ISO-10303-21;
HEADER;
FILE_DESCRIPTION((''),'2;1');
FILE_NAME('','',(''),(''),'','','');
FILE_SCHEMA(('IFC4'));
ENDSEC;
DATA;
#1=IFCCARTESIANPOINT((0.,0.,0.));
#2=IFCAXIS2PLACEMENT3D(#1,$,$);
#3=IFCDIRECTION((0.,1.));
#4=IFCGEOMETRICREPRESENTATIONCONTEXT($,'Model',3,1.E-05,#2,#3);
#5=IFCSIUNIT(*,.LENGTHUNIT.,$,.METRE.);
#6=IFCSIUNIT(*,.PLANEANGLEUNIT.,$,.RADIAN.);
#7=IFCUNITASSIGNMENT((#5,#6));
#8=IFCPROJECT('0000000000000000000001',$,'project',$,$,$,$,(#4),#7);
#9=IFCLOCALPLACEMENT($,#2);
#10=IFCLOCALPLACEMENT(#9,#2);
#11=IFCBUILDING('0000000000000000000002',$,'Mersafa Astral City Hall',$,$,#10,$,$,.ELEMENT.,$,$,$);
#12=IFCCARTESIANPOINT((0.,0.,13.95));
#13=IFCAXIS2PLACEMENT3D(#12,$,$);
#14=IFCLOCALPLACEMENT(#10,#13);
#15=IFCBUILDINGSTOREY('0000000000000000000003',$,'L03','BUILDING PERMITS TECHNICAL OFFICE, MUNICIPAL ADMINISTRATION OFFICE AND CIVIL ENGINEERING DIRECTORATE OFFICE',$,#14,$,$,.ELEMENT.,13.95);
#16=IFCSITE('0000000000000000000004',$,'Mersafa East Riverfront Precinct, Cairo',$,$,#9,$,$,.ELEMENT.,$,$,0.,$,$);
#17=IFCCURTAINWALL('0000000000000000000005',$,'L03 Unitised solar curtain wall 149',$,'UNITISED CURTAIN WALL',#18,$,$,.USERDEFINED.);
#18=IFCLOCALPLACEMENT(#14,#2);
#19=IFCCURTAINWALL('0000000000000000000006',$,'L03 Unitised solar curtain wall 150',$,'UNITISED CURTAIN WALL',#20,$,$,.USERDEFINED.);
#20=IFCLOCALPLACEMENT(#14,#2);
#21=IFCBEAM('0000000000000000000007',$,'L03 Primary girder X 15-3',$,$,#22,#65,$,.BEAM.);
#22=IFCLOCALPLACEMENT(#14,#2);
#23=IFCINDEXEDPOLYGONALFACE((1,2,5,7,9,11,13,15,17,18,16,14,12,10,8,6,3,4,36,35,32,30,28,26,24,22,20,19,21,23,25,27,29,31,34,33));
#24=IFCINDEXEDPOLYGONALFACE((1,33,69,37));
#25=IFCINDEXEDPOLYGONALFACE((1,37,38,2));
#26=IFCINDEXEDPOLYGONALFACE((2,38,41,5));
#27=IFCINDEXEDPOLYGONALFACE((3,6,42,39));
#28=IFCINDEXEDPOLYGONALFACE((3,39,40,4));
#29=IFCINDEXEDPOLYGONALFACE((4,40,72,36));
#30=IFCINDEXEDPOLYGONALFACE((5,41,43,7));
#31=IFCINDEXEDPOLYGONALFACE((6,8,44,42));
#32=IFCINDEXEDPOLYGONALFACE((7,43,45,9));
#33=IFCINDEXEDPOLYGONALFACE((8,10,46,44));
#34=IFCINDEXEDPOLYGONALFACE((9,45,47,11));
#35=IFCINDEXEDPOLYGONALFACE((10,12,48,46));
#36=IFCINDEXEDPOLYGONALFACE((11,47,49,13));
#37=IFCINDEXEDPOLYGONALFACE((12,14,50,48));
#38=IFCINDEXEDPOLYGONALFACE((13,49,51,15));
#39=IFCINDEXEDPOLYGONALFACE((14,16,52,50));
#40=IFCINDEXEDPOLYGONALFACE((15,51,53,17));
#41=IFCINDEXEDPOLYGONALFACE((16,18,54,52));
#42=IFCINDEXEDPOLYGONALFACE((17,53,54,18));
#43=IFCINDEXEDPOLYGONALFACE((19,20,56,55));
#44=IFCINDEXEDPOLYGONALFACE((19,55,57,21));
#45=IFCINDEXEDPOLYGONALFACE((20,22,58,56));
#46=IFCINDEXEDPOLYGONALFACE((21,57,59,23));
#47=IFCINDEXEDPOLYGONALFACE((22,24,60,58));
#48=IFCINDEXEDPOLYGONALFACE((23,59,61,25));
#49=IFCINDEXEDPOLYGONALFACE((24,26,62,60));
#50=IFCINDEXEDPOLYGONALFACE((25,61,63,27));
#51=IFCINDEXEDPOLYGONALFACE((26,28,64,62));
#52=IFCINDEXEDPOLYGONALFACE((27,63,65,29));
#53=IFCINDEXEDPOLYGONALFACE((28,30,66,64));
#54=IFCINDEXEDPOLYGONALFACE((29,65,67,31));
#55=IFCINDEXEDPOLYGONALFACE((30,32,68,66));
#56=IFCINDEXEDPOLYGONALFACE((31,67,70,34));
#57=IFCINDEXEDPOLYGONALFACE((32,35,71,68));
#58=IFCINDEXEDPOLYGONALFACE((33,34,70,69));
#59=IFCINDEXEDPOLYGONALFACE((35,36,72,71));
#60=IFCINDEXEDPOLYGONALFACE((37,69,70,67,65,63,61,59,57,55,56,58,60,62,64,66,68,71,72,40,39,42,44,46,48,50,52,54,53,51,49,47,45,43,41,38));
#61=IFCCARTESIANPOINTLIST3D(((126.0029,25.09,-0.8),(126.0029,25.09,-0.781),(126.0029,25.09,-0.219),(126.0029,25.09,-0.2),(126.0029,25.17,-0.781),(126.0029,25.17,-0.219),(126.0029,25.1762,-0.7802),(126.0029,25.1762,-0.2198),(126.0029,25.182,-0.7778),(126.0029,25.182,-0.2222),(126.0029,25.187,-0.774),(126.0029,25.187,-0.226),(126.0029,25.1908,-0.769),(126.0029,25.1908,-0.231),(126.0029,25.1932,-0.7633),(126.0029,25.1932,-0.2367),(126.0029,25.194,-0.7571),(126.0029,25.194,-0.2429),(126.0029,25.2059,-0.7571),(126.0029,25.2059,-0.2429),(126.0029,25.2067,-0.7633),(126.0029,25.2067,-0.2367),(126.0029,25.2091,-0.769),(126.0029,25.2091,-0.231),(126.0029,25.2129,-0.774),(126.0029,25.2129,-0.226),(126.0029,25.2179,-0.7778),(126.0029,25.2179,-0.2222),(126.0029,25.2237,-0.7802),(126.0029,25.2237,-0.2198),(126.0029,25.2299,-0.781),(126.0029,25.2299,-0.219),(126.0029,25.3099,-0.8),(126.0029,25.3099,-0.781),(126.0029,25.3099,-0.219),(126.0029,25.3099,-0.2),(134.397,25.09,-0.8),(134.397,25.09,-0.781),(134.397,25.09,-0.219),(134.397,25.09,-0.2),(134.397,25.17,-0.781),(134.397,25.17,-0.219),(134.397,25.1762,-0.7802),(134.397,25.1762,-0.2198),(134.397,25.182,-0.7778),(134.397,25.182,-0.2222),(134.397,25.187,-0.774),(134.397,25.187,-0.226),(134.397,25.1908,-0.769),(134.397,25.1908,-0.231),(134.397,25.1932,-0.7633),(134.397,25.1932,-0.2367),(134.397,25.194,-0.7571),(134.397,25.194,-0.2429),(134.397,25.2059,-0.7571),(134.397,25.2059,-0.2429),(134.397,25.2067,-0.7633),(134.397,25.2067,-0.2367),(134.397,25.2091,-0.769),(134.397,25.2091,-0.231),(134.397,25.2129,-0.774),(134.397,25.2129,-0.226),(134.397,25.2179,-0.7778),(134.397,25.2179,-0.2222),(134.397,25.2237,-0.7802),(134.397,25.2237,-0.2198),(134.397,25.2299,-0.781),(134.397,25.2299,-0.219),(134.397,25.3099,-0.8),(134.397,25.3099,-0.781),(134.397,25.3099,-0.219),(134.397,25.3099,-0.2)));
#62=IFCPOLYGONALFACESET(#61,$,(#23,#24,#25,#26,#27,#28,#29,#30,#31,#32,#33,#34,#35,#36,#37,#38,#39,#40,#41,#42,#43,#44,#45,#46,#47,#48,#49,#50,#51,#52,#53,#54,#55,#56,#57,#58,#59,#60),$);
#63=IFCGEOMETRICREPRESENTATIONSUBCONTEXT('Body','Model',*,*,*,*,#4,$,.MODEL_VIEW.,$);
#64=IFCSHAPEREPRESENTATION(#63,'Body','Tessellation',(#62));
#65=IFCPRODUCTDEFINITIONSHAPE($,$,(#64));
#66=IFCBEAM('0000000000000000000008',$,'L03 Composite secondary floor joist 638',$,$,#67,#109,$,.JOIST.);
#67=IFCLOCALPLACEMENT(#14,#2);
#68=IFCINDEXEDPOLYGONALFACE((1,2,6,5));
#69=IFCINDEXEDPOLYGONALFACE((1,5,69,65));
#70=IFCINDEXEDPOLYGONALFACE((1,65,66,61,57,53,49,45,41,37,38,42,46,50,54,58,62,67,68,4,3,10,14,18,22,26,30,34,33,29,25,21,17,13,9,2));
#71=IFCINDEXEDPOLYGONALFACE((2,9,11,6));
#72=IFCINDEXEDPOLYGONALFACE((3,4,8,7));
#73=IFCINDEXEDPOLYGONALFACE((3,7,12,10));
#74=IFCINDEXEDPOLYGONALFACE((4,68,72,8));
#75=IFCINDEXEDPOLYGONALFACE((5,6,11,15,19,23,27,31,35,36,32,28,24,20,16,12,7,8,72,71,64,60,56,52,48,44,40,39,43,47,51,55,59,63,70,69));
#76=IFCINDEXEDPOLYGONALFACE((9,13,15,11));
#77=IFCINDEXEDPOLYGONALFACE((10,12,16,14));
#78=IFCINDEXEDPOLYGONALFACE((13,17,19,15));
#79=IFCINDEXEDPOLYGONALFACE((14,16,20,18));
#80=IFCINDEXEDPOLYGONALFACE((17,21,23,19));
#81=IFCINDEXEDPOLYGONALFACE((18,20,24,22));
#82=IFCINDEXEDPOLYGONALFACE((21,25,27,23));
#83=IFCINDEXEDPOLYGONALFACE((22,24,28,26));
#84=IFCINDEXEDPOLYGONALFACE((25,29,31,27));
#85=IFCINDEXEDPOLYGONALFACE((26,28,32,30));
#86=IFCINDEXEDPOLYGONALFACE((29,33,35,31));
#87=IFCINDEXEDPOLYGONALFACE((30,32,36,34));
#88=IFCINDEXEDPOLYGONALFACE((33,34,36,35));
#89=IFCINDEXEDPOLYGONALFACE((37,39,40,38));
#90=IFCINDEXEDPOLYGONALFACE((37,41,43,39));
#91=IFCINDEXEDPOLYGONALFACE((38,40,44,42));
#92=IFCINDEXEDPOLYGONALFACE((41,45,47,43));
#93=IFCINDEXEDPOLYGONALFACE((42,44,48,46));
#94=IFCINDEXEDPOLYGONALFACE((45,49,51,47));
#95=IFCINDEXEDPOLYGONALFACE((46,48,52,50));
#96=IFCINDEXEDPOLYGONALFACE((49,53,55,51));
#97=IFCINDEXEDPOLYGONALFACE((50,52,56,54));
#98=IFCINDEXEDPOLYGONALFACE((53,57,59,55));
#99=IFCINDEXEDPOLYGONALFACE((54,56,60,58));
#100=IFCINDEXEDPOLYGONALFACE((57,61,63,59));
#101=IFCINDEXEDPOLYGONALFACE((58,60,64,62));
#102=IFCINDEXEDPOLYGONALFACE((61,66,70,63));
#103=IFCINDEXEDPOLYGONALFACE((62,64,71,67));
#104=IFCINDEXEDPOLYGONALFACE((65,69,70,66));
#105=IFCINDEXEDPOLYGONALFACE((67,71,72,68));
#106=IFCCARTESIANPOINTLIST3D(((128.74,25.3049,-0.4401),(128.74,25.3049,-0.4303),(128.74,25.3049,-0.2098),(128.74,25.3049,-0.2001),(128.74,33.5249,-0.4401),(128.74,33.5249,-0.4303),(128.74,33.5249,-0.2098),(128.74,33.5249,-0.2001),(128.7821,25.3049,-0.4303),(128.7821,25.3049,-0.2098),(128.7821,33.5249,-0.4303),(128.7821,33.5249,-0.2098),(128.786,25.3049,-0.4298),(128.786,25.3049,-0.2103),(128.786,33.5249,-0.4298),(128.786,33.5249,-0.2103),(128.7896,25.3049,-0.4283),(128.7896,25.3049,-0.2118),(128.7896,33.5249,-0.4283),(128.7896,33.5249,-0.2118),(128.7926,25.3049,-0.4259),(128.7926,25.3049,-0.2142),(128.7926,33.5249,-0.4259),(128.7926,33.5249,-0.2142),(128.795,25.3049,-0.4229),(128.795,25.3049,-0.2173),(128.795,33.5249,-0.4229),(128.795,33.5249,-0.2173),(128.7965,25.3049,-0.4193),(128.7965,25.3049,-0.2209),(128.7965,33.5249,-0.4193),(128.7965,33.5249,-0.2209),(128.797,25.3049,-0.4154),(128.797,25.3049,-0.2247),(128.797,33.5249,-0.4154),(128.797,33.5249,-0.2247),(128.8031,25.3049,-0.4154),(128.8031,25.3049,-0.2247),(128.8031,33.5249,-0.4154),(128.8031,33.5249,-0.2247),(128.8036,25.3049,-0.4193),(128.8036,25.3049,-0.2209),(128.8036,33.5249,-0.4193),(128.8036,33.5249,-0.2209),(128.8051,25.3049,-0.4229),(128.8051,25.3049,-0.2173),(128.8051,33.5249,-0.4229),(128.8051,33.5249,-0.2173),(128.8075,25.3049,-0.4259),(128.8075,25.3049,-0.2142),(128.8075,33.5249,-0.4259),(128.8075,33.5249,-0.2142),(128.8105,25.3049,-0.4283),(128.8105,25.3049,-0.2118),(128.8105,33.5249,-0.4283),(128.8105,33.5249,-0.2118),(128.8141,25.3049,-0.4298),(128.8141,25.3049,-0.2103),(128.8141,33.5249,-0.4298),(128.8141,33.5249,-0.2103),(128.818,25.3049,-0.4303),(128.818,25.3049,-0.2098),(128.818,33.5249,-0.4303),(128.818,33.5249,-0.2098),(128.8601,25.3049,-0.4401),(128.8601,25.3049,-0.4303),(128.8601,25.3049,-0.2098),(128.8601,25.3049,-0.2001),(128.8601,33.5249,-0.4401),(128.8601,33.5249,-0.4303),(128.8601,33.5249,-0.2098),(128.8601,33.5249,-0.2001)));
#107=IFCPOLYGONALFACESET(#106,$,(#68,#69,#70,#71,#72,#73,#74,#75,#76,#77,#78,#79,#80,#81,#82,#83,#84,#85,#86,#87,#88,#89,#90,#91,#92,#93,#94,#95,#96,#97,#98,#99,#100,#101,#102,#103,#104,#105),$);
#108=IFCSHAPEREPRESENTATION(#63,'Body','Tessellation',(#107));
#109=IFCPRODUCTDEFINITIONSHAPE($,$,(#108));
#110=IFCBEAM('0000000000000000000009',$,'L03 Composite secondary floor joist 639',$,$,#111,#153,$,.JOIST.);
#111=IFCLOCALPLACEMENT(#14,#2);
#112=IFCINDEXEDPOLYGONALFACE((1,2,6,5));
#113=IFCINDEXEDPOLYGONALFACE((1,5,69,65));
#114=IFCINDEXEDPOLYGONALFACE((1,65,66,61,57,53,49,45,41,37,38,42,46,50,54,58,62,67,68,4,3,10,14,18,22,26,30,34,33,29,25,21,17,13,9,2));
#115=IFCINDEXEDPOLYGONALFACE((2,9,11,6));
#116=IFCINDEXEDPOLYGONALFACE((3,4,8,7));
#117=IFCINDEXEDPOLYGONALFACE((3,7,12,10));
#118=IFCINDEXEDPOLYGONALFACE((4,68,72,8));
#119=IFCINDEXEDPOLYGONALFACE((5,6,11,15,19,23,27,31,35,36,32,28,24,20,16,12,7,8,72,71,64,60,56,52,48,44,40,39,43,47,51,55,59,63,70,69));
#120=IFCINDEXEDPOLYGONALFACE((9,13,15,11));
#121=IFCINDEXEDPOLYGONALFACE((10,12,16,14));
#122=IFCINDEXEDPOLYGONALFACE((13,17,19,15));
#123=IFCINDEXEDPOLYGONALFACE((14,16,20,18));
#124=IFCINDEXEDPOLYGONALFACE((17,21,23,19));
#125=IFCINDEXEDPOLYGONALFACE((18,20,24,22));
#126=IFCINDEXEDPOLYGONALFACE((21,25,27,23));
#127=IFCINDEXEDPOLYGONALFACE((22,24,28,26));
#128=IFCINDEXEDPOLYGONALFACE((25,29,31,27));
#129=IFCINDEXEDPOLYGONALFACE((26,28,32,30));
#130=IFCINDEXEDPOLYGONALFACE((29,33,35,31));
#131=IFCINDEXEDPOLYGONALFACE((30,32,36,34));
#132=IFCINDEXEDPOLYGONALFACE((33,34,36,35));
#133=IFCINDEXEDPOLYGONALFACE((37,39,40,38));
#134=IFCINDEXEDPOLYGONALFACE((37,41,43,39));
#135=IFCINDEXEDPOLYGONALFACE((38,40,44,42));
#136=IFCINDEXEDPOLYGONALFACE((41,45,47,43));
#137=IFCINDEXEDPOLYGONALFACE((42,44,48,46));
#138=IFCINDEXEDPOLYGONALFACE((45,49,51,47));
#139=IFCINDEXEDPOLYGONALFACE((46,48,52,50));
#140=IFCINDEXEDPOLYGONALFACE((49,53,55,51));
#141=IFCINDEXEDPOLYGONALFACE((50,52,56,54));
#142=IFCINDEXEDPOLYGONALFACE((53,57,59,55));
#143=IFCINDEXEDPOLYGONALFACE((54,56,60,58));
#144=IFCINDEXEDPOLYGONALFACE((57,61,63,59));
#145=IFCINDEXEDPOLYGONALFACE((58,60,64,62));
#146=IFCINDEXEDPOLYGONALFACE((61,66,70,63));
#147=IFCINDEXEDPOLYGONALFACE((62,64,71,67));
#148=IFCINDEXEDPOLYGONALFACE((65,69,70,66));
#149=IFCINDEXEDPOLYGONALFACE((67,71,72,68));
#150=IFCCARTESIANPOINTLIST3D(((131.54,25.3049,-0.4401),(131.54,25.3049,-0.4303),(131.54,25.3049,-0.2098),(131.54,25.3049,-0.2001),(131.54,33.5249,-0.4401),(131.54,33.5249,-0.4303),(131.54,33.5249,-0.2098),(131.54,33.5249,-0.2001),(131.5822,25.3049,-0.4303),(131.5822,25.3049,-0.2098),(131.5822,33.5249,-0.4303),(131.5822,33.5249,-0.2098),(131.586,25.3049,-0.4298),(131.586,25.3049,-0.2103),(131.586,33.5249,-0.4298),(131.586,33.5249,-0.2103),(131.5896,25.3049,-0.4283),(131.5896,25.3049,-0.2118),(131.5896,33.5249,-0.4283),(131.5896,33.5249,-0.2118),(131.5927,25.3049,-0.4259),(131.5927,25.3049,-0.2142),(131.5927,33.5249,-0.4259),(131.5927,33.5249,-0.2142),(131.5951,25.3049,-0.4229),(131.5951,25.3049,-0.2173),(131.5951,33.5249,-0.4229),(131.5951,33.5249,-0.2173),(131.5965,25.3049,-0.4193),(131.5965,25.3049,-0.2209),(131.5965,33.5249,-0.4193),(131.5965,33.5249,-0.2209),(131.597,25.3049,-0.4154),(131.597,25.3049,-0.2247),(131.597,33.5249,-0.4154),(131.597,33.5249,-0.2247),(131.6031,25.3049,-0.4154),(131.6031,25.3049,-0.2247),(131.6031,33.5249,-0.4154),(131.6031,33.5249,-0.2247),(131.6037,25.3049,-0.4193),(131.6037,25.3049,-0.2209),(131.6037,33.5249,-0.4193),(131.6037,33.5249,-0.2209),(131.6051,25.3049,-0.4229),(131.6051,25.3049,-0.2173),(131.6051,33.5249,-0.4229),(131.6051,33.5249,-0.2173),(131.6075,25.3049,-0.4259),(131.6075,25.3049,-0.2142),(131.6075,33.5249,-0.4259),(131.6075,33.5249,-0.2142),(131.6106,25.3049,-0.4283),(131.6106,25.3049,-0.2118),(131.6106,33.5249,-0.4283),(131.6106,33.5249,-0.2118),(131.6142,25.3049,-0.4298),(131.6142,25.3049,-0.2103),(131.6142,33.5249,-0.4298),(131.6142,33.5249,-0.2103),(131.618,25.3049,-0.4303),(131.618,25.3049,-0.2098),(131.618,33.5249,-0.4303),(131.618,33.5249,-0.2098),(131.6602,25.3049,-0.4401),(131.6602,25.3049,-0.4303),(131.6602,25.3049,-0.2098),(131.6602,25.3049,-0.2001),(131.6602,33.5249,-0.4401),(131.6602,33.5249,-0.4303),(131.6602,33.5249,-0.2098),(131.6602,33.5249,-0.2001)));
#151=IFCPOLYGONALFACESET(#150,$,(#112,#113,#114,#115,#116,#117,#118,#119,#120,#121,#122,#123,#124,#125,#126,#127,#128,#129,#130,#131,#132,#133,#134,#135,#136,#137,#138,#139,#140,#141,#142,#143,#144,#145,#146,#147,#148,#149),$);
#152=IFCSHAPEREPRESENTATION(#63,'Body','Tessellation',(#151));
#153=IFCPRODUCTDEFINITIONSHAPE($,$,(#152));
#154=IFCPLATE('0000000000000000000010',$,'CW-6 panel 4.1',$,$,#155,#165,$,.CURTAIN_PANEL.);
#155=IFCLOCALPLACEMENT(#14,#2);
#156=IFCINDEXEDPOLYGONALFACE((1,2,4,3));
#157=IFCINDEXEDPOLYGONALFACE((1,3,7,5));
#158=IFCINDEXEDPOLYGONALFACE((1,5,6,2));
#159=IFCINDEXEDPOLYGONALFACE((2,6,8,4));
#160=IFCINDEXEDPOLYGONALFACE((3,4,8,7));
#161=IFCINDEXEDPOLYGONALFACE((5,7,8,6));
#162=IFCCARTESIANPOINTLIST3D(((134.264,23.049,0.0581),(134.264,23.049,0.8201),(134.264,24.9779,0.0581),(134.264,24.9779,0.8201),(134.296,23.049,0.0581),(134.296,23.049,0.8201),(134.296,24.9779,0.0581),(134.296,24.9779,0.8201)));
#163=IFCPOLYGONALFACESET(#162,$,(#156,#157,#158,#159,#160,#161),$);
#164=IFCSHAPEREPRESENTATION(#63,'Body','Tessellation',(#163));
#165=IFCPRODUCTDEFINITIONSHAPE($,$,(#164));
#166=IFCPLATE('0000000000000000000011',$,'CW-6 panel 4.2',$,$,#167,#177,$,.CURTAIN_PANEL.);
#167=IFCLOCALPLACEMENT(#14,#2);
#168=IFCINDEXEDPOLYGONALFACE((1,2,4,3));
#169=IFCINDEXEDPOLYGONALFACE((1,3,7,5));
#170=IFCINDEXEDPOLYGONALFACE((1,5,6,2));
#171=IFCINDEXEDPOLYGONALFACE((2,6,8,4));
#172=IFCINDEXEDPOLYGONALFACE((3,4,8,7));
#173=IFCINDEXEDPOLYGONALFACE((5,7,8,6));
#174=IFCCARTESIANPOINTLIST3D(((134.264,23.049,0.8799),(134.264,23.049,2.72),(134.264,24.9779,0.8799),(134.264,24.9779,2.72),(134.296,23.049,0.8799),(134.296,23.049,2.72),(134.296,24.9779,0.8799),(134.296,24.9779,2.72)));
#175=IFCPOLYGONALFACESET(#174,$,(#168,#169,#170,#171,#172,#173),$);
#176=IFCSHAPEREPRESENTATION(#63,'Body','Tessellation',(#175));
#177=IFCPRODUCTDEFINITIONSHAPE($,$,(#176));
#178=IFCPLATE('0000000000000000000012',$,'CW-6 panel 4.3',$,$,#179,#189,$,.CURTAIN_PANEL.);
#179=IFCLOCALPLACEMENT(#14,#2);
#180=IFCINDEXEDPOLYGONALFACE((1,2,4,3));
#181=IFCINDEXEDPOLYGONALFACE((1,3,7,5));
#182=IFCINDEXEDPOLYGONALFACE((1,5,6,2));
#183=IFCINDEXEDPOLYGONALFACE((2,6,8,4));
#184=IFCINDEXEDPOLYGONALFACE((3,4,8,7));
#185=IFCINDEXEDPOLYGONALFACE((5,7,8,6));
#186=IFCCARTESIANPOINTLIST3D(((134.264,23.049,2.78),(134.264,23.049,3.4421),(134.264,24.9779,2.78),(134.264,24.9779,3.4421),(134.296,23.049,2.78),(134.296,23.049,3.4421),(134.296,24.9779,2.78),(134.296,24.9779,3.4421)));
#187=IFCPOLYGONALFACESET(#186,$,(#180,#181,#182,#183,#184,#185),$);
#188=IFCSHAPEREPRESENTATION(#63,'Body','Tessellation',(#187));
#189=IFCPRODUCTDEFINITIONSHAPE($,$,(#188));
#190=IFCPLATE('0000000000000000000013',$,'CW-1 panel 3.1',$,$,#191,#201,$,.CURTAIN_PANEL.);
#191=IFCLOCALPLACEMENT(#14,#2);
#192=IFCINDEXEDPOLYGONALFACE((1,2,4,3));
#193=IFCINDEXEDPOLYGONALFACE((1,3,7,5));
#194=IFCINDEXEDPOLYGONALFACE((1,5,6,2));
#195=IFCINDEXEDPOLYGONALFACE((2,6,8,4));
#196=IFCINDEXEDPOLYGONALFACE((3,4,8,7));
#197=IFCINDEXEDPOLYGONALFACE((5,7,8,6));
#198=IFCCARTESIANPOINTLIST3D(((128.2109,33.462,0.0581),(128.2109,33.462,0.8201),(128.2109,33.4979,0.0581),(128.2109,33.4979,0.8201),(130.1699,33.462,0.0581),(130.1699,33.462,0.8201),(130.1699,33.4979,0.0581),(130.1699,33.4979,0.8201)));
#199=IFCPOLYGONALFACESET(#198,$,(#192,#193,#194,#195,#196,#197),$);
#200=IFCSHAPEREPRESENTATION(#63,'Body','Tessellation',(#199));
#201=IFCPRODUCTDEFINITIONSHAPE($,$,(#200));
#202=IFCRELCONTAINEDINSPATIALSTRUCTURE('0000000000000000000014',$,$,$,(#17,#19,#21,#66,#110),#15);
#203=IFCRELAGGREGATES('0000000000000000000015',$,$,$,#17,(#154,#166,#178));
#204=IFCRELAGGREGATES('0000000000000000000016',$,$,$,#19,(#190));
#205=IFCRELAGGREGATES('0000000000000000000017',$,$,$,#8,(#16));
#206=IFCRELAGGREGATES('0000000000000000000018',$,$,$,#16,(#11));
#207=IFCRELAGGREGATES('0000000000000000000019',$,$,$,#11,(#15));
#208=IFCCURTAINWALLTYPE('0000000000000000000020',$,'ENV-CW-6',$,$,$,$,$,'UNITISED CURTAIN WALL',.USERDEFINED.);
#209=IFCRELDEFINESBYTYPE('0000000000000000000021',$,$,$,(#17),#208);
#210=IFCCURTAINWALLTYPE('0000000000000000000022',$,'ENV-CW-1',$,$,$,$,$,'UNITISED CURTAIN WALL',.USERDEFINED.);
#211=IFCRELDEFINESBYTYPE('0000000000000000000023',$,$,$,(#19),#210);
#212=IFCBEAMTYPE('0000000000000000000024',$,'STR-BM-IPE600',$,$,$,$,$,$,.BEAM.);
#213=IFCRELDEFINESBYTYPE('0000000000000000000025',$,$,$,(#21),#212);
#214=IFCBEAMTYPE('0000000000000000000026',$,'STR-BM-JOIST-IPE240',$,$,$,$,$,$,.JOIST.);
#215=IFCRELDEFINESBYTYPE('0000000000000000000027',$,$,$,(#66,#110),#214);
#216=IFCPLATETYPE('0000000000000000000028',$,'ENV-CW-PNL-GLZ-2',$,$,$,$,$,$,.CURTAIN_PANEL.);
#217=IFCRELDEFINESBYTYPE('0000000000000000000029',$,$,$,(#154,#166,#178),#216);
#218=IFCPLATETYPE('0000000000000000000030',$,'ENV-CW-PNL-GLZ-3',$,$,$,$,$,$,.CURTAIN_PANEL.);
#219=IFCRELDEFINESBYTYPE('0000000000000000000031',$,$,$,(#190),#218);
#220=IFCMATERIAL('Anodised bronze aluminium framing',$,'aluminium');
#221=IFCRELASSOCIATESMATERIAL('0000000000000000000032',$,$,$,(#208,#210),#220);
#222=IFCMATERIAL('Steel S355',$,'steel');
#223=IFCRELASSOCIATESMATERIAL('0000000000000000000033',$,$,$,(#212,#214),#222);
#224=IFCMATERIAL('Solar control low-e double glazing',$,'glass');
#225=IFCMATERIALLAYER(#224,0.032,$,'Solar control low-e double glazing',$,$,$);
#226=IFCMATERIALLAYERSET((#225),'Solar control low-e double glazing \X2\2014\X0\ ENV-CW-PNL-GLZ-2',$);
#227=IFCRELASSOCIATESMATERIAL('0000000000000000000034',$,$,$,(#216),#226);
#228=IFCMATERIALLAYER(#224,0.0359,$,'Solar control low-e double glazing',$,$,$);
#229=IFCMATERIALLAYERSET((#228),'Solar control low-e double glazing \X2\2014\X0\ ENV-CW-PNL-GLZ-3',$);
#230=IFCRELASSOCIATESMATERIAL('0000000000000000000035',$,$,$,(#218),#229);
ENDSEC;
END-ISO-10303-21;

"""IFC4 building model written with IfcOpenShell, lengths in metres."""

from ifc_helpers import new_model, si_unit, direction, frame, origin, origin_2d, place, context, subcontext, project, spatial, rectangle, i_section, extrude, material, layer, layer_set, material_profile, profile_set, type_object, element, aggregate, save


model = new_model("IFC4")

# Units and contexts
model_context = context("Model", 3, precision=1e-05, world=origin(), true_north=direction((0.0, 1.0)))
body_context = subcontext(model_context, "Body", "Model", "MODEL_VIEW")
ifc_project = project(units=[si_unit("LENGTHUNIT", "METRE"), si_unit("PLANEANGLEUNIT", "RADIAN")], contexts=[model_context])

# Site, building, storey
site_placement = place(None, origin())
site = spatial("IfcSite", under=ifc_project, at=site_placement, Name="Mersafa East Riverfront Precinct, Cairo", CompositionType="ELEMENT", RefElevation=0.0)
building_placement = place(site_placement, origin())
building = spatial("IfcBuilding", under=site, at=building_placement, Name="Mersafa Astral City Hall", CompositionType="ELEMENT")
storey_placement = place(building_placement, frame((0.0, 0.0, 13.95)))
storey = spatial("IfcBuildingStorey", under=building, at=storey_placement, Name="L03", Description="BUILDING PERMITS TECHNICAL OFFICE, MUNICIPAL ADMINISTRATION OFFICE AND CIVIL ENGINEERING DIRECTORATE OFFICE", CompositionType="ELEMENT", Elevation=13.95)

# Curtain wall
ifc_material_1 = material(Name="Anodised bronze aluminium framing", Category="aluminium")
curtain_wall_type_1 = type_object("IfcCurtainWallType", Name="ENV-CW-6", ElementType="UNITISED CURTAIN WALL", PredefinedType="USERDEFINED", material=ifc_material_1)
curtain_wall_1_placement = place(storey_placement, origin())
curtain_wall_1 = element("IfcCurtainWall", 1, at=curtain_wall_1_placement, inside=storey, type_object=curtain_wall_type_1, Name="L03 Unitised solar curtain wall 149", ObjectType="UNITISED CURTAIN WALL", PredefinedType="USERDEFINED")

# Curtain wall
curtain_wall_type_2 = type_object("IfcCurtainWallType", Name="ENV-CW-1", ElementType="UNITISED CURTAIN WALL", PredefinedType="USERDEFINED", material=ifc_material_1)
curtain_wall_2_placement = place(storey_placement, origin())
curtain_wall_2 = element("IfcCurtainWall", 2, at=curtain_wall_2_placement, inside=storey, type_object=curtain_wall_type_2, Name="L03 Unitised solar curtain wall 150", ObjectType="UNITISED CURTAIN WALL", PredefinedType="USERDEFINED")

# Beams
ifc_material_2 = material(Name="Steel S355", Category="steel")
ifc_material_profile_1 = material_profile(ifc_material_2, i_section(OverallWidth=0.22, OverallDepth=0.6001, WebThickness=0.012, FlangeThickness=0.019, FilletRadius=0.0239, at=origin_2d()), Name="IPE 600")
ifc_profile_set_1 = profile_set([ifc_material_profile_1], Name="Steel S355")
beam_type_1 = type_object("IfcBeamType", Name="STR-BM-IPE600", PredefinedType="BEAM", material=ifc_profile_set_1)
beam_placement = place(storey_placement, frame((126.0029, 25.2, -0.5), z_axis=(1.0, 0.0, 0.0), x_axis=(0.0, 1.0, 0.0)))
element("IfcBeam", 3, at=beam_placement, inside=storey, type_object=beam_type_1, Name="L03 Primary girder X 15-3", PredefinedType="BEAM", context=body_context, shape_type="SweptSolid", body=[
    extrude(i_section(OverallWidth=0.22, OverallDepth=0.6001, WebThickness=0.012, FlangeThickness=0.019, FilletRadius=0.0239, at=origin_2d()), origin(), (0.0, 0.0, 1.0), 8.394),
])
ifc_material_profile_2 = material_profile(ifc_material_2, i_section(OverallWidth=0.1201, OverallDepth=0.24, WebThickness=0.0061, FlangeThickness=0.0098, FilletRadius=0.0149, at=origin_2d()), Name="IPE 240")
ifc_profile_set_2 = profile_set([ifc_material_profile_2], Name="Steel S355")
beam_type_2 = type_object("IfcBeamType", Name="STR-BM-JOIST-IPE240", PredefinedType="JOIST", material=ifc_profile_set_2)
for number, where, z_axis, x_axis, name in (
    (4, (128.8, 25.3049, -0.3201), (0.0, 1.0, 0.0), (-1.0, 0.0, 0.0), "L03 Composite secondary floor joist 638"),
    (5, (131.6001, 25.3049, -0.3201), (0.0, 1.0, 0.0), (-1.0, 0.0, 0.0), "L03 Composite secondary floor joist 639"),
):
    element("IfcBeam", number, at=place(storey_placement, frame(where, z_axis=z_axis, x_axis=x_axis)), inside=storey, type_object=beam_type_2, Name=name, PredefinedType="JOIST", context=body_context, shape_type="SweptSolid", body=[
        extrude(i_section(OverallWidth=0.1201, OverallDepth=0.24, WebThickness=0.0061, FlangeThickness=0.0098, FilletRadius=0.0149, at=origin_2d()), origin(), (0.0, 0.0, 1.0), 8.22),
    ])

# Plates
ifc_material_3 = material(Name="Solar control low-e double glazing", Category="glass")
ifc_layer_1 = layer(ifc_material_3, 0.032, Name="Solar control low-e double glazing")
ifc_layer_set_1 = layer_set([ifc_layer_1], Name="Solar control low-e double glazing — ENV-CW-PNL-GLZ-2")
plate_type_1 = type_object("IfcPlateType", Name="ENV-CW-PNL-GLZ-2", PredefinedType="CURTAIN_PANEL", material=ifc_layer_set_1)
plate_1_placement = place(storey_placement, frame((134.28, 24.0134, 0.0581), z_axis=(0.0, 0.0, 1.0), x_axis=(0.0, 1.0, 0.0)))
plate_1 = element("IfcPlate", 6, at=plate_1_placement, type_object=plate_type_1, Name="CW-6 panel 4.1", PredefinedType="CURTAIN_PANEL", context=body_context, shape_type="SweptSolid", body=[
    extrude(rectangle(XDim=1.929, YDim=0.032, at=origin_2d()), origin(), (0.0, 0.0, 1.0), 0.762),
])
plate_2_placement = place(storey_placement, frame((134.28, 24.0134, 0.8799), z_axis=(0.0, 0.0, 1.0), x_axis=(0.0, 1.0, 0.0)))
plate_2 = element("IfcPlate", 7, at=plate_2_placement, type_object=plate_type_1, Name="CW-6 panel 4.2", PredefinedType="CURTAIN_PANEL", context=body_context, shape_type="SweptSolid", body=[
    extrude(rectangle(XDim=1.929, YDim=0.032, at=origin_2d()), origin(), (0.0, 0.0, 1.0), 1.8401),
])
plate_3_placement = place(storey_placement, frame((134.28, 24.0134, 2.78), z_axis=(0.0, 0.0, 1.0), x_axis=(0.0, 1.0, 0.0)))
plate_3 = element("IfcPlate", 8, at=plate_3_placement, type_object=plate_type_1, Name="CW-6 panel 4.3", PredefinedType="CURTAIN_PANEL", context=body_context, shape_type="SweptSolid", body=[
    extrude(rectangle(XDim=1.929, YDim=0.032, at=origin_2d()), origin(), (0.0, 0.0, 1.0), 0.6621),
])
aggregate(curtain_wall_1, [plate_1, plate_2, plate_3])
ifc_layer_2 = layer(ifc_material_3, 0.0359, Name="Solar control low-e double glazing")
ifc_layer_set_2 = layer_set([ifc_layer_2], Name="Solar control low-e double glazing — ENV-CW-PNL-GLZ-3")
plate_type_2 = type_object("IfcPlateType", Name="ENV-CW-PNL-GLZ-3", PredefinedType="CURTAIN_PANEL", material=ifc_layer_set_2)
plate_4_placement = place(storey_placement, frame((129.1904, 33.48, 0.0581), z_axis=(0.0, 0.0, 1.0), x_axis=(-1.0, 0.0, 0.0)))
plate_4 = element("IfcPlate", 9, at=plate_4_placement, type_object=plate_type_2, Name="CW-1 panel 3.1", PredefinedType="CURTAIN_PANEL", context=body_context, shape_type="SweptSolid", body=[
    extrude(rectangle(XDim=1.959, YDim=0.0359, at=origin_2d()), origin(), (0.0, 0.0, 1.0), 0.762),
])
aggregate(curtain_wall_2, [plate_4])

save(model, "model.ifc")
